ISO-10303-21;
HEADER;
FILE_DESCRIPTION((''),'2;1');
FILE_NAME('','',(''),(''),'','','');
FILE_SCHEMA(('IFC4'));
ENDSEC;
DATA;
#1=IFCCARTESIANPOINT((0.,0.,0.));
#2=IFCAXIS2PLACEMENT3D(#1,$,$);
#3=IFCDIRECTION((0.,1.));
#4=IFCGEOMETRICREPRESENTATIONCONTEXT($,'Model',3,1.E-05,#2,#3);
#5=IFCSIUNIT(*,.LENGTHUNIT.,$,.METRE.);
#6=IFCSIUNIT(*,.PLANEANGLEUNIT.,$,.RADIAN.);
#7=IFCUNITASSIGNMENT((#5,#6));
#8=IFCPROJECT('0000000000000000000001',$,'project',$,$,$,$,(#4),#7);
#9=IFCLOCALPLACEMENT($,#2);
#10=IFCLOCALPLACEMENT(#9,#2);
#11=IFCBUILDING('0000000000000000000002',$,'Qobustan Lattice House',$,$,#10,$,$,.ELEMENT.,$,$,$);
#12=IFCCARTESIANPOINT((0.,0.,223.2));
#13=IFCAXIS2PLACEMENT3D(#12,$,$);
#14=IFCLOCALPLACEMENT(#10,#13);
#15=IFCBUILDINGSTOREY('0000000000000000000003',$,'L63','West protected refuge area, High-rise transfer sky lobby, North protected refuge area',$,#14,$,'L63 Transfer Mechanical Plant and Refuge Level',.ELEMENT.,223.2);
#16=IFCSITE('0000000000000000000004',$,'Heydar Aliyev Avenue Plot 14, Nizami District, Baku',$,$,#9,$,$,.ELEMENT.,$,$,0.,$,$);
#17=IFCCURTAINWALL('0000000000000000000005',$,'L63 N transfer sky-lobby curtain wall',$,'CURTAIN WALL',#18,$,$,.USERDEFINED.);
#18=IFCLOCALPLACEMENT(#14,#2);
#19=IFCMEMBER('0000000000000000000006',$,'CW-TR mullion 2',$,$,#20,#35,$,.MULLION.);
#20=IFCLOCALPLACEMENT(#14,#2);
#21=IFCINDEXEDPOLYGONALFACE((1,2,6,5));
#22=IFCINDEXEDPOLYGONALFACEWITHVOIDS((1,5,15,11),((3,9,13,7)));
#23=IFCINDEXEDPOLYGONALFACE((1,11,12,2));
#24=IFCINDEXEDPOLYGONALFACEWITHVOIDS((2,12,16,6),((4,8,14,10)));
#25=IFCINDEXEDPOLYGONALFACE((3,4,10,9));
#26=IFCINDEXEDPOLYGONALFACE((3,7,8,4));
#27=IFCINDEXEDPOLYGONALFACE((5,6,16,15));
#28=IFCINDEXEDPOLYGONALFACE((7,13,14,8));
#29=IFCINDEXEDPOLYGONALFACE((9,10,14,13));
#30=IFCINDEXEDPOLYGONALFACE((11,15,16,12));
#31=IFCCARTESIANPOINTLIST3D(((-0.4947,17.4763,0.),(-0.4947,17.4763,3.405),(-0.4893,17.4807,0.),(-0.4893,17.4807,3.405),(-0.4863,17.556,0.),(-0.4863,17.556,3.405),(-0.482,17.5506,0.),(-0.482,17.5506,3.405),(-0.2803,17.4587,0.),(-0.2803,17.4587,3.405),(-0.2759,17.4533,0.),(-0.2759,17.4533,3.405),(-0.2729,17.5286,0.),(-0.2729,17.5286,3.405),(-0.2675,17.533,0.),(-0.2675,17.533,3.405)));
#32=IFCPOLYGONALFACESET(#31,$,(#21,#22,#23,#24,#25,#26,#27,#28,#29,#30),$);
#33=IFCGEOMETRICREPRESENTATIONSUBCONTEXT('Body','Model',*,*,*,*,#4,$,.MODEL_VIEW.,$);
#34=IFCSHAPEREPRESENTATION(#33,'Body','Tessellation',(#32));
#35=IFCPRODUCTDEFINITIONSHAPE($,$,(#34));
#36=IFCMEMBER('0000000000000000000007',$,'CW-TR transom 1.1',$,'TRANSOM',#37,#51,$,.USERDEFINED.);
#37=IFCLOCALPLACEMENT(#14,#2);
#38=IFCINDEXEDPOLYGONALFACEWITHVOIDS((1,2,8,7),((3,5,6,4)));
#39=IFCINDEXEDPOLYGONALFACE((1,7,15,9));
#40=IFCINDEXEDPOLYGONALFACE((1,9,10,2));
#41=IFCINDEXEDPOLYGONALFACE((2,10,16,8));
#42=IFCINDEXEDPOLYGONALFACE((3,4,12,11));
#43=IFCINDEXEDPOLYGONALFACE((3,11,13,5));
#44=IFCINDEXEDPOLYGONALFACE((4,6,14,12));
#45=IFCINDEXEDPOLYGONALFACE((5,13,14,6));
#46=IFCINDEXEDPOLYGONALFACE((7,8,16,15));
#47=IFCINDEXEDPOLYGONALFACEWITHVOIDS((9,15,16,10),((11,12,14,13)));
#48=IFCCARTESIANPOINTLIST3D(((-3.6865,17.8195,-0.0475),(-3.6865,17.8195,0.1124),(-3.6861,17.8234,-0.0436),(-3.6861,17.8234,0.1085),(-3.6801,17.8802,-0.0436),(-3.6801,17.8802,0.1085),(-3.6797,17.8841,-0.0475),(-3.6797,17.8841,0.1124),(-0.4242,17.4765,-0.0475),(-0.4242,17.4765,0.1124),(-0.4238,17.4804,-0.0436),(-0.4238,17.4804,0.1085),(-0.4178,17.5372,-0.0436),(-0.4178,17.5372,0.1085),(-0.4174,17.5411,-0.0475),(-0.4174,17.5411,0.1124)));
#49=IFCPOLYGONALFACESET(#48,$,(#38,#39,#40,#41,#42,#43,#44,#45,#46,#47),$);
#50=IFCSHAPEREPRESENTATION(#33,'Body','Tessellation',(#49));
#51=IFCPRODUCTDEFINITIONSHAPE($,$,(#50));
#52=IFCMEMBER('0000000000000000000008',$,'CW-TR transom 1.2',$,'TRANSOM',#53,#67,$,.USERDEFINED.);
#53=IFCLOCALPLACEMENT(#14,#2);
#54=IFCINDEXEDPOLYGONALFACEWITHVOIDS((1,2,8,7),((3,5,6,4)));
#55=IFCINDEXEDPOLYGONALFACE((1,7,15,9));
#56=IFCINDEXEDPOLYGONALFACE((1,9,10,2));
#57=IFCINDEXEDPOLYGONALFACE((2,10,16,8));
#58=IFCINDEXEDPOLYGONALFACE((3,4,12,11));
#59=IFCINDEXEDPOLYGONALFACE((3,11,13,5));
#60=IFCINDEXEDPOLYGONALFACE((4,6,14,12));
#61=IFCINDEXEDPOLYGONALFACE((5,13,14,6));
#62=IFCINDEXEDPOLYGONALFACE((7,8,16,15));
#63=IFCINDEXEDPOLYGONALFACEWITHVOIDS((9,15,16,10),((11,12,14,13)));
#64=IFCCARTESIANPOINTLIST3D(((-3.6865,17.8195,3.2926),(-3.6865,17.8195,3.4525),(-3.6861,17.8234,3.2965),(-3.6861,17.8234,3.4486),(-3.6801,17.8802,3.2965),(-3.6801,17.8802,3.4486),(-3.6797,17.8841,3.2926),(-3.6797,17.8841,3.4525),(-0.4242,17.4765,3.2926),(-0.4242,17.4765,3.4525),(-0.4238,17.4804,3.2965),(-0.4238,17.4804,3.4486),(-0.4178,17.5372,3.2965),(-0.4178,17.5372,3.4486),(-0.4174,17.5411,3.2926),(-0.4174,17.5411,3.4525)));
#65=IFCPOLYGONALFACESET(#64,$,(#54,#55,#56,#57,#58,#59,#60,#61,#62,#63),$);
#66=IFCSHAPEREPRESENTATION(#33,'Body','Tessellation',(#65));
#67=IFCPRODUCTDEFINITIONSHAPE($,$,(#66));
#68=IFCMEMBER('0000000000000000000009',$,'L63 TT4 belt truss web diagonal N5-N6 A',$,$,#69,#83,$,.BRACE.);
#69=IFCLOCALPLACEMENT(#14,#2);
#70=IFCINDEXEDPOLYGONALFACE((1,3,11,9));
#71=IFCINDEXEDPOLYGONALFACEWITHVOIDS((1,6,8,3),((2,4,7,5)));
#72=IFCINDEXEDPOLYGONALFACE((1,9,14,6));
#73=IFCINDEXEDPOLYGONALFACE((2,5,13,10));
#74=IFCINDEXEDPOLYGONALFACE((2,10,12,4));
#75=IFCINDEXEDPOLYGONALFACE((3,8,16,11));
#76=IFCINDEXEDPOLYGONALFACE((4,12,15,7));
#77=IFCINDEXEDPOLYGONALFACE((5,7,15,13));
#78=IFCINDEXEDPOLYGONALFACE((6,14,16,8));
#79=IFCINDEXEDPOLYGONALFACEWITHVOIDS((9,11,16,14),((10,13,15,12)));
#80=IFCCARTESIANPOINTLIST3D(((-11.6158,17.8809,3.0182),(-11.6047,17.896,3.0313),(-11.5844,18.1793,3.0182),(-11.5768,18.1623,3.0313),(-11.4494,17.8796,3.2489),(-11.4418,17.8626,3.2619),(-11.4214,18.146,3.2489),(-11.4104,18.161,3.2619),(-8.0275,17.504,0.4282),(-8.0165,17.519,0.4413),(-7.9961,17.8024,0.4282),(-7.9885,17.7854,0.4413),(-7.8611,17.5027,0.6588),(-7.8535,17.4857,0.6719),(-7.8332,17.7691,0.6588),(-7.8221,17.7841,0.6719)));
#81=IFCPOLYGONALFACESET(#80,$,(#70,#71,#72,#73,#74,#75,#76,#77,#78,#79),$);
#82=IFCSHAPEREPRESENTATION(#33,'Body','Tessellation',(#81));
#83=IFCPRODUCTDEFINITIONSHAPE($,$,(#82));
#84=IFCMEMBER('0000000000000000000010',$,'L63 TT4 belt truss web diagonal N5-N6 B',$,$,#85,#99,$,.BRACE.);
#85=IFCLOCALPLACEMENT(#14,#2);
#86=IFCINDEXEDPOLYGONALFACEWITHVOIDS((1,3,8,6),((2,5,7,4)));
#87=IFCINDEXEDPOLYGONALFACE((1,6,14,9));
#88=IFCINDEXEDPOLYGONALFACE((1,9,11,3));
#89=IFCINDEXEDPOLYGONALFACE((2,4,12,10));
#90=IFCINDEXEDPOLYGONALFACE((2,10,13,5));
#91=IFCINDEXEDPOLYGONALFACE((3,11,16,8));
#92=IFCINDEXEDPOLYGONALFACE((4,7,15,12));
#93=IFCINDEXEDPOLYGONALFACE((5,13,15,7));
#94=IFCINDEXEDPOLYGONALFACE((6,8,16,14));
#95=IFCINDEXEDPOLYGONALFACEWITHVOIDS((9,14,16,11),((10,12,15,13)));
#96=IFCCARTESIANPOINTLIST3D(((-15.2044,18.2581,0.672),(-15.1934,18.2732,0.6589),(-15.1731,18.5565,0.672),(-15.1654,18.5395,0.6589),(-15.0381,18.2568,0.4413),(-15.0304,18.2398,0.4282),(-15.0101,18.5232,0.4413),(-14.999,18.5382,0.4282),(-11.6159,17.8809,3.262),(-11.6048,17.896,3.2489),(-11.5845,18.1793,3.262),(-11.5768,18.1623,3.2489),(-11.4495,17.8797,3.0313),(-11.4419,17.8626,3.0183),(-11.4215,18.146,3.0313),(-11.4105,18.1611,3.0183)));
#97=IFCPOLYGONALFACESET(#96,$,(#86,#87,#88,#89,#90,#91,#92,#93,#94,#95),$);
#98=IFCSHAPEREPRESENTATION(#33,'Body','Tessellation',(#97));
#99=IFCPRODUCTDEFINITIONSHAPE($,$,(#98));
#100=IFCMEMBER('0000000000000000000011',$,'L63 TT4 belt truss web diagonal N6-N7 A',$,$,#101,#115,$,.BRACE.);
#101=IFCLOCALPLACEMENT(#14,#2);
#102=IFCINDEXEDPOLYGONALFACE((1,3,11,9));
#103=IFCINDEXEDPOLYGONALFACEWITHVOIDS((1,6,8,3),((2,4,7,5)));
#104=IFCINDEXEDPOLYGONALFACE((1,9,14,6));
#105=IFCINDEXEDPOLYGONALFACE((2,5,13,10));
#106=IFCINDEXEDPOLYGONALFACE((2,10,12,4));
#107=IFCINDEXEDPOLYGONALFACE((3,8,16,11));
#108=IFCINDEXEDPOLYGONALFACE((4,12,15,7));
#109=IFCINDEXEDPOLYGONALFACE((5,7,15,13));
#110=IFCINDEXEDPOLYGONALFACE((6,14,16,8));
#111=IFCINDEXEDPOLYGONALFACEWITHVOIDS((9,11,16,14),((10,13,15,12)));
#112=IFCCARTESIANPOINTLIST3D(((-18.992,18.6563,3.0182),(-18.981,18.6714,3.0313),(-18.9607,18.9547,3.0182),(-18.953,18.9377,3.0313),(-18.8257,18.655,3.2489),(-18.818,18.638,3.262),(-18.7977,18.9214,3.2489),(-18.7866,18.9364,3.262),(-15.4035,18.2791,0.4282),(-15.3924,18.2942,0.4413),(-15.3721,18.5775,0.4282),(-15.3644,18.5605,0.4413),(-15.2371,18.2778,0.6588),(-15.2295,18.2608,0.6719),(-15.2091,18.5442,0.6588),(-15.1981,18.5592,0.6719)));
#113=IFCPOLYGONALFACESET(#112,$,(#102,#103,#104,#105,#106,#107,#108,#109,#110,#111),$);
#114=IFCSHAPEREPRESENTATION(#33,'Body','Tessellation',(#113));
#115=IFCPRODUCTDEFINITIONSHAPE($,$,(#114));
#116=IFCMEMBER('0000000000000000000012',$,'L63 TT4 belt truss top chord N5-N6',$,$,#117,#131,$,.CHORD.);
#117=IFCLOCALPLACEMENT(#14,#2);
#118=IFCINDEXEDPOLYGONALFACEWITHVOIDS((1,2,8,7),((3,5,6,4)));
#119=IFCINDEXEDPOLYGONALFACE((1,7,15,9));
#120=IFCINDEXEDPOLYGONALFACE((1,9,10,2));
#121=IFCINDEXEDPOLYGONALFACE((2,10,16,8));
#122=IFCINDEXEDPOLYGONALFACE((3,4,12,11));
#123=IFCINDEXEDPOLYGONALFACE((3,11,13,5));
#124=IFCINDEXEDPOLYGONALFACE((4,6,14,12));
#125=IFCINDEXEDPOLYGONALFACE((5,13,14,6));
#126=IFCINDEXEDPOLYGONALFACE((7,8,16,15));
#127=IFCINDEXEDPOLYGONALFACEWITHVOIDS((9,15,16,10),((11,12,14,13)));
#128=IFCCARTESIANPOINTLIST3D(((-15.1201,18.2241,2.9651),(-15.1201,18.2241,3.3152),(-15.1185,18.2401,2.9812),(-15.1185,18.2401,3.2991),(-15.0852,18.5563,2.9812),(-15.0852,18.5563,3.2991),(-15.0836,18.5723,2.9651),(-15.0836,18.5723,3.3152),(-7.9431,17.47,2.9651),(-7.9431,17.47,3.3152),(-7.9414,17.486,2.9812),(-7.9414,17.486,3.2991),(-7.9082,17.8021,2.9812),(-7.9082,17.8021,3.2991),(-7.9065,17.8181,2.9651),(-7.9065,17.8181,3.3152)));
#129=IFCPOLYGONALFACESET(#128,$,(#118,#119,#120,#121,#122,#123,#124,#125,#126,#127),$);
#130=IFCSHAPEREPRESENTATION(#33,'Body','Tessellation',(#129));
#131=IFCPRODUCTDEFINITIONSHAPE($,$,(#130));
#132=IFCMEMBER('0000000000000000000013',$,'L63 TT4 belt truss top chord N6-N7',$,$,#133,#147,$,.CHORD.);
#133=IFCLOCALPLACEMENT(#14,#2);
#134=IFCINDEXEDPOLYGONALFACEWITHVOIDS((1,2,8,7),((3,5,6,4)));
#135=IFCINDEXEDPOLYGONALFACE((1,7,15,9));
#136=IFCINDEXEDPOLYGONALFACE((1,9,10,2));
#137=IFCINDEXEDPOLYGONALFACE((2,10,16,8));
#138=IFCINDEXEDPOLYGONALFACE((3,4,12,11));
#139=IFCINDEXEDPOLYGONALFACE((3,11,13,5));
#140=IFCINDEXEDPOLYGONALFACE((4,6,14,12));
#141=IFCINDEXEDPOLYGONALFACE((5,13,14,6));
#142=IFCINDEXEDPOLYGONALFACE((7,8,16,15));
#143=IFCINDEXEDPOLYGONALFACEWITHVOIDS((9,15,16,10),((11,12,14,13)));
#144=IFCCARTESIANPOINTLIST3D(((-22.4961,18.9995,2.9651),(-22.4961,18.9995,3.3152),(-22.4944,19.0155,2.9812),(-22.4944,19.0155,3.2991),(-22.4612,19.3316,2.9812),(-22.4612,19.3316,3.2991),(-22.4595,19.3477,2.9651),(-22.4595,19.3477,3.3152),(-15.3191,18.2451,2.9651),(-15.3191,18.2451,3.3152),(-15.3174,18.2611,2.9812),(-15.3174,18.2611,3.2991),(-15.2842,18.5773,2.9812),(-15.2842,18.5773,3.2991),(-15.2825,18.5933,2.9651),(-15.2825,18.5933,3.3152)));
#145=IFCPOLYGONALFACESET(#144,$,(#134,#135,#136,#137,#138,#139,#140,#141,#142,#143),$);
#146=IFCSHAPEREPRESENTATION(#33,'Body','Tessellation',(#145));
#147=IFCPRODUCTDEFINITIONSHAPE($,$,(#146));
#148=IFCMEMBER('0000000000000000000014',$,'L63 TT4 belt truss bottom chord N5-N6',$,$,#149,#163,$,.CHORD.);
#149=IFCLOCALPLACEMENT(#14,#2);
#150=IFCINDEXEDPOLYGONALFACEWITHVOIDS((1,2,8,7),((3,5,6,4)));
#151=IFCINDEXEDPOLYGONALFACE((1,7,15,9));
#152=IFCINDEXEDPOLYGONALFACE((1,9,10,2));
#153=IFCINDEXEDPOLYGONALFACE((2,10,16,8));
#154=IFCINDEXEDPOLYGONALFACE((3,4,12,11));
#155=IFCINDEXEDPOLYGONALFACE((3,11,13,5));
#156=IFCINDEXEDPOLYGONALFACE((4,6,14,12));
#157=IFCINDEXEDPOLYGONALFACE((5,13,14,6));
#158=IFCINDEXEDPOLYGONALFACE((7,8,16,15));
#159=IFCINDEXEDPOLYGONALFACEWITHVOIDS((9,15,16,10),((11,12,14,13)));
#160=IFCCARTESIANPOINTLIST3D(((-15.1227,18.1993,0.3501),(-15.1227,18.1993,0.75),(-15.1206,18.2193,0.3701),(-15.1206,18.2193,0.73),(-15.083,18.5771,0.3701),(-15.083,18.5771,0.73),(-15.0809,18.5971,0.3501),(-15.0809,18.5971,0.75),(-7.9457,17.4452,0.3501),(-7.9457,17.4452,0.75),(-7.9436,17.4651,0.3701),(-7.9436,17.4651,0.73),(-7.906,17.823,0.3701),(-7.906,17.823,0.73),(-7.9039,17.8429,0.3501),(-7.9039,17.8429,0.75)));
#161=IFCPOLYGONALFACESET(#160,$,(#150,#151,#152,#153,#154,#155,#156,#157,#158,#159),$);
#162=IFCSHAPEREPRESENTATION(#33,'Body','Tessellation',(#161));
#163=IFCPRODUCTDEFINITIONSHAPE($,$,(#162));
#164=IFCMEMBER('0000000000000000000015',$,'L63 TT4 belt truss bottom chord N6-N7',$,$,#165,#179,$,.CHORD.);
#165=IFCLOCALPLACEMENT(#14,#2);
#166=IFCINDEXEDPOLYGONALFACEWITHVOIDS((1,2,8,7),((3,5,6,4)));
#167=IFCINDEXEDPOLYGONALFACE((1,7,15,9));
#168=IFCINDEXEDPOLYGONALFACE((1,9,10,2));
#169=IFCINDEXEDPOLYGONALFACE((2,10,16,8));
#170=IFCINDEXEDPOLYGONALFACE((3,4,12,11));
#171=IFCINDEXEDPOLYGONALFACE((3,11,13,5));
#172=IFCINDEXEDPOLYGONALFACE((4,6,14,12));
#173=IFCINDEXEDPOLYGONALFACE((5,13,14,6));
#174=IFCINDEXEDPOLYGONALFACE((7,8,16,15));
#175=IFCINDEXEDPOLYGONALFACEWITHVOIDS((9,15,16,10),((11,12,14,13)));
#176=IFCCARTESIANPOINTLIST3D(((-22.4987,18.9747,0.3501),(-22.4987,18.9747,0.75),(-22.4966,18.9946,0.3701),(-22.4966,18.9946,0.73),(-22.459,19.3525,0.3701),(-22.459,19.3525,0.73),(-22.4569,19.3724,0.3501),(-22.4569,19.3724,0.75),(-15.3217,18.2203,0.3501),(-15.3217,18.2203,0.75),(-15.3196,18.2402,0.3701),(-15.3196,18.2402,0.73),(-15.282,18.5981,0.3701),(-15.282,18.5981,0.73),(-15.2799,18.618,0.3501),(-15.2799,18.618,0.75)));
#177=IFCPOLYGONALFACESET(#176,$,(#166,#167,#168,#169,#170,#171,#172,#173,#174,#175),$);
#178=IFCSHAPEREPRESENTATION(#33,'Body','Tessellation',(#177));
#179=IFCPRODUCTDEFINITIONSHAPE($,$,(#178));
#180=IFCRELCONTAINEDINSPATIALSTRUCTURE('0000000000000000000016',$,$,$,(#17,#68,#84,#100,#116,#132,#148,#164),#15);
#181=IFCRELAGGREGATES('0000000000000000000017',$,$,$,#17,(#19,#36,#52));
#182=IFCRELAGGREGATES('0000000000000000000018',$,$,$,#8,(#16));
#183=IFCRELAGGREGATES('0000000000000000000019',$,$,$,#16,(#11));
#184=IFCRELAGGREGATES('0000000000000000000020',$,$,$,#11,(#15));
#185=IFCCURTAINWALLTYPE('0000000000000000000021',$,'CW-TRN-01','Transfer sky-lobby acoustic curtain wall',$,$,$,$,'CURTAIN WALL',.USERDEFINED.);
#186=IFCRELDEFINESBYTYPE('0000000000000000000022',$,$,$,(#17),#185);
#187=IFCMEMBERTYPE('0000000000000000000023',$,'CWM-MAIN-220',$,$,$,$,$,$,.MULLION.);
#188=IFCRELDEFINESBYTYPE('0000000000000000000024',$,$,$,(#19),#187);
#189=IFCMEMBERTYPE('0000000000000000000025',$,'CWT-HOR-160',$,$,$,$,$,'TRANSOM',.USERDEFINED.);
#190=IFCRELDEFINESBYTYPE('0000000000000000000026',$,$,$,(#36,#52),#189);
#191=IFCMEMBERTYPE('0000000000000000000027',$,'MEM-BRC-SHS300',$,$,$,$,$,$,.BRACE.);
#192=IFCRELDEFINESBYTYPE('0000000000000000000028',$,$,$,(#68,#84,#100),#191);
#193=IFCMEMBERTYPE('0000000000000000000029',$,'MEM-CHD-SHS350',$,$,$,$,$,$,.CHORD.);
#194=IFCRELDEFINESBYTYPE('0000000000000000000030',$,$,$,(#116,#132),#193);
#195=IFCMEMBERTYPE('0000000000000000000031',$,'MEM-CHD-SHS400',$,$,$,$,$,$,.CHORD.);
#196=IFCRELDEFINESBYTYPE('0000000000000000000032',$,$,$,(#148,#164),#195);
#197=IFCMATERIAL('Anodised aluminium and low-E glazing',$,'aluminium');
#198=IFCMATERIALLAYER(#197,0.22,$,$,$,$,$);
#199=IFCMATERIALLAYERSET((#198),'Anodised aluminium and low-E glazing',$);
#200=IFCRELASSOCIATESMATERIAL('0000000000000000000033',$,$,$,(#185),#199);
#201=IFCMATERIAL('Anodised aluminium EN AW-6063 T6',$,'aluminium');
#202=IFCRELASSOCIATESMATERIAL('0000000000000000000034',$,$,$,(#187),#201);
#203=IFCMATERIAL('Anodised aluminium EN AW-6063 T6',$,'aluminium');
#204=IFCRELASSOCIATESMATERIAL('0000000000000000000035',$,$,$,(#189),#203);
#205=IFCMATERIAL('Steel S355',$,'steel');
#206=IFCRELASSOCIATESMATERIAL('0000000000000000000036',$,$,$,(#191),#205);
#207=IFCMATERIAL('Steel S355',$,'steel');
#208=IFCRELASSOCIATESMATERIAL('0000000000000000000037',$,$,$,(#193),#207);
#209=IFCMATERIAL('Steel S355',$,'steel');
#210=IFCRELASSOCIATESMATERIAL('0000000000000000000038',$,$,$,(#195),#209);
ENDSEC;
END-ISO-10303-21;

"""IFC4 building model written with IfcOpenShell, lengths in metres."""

from ifc_helpers import new_model, si_unit, direction, frame, origin, origin_2d, place, context, subcontext, project, spatial, hollow_rectangle, extrude, material, layer, layer_set, material_profile, profile_set, type_object, element, aggregate, save


model = new_model("IFC4")

# Units and contexts
model_context = context("Model", 3, precision=1e-05, world=origin(), true_north=direction((0.0, 1.0)))
body_context = subcontext(model_context, "Body", "Model", "MODEL_VIEW")
ifc_project = project(units=[si_unit("LENGTHUNIT", "METRE"), si_unit("PLANEANGLEUNIT", "RADIAN")], contexts=[model_context])

# Site, building, storey
site_placement = place(None, origin())
site = spatial("IfcSite", under=ifc_project, at=site_placement, Name="Heydar Aliyev Avenue Plot 14, Nizami District, Baku", CompositionType="ELEMENT", RefElevation=0.0)
building_placement = place(site_placement, origin())
building = spatial("IfcBuilding", under=site, at=building_placement, Name="Qobustan Lattice House", CompositionType="ELEMENT")
storey_placement = place(building_placement, frame((0.0, 0.0, 223.2)))
storey = spatial("IfcBuildingStorey", under=building, at=storey_placement, Name="L63", Description="West protected refuge area, High-rise transfer sky lobby, North protected refuge area", LongName="L63 Transfer Mechanical Plant and Refuge Level", CompositionType="ELEMENT", Elevation=223.2)

# Curtain wall, members
ifc_material_1 = material(Name="Anodised aluminium and low-E glazing", Category="aluminium")
ifc_layer_1 = layer(ifc_material_1, 0.22)
ifc_layer_set_1 = layer_set([ifc_layer_1], Name="Anodised aluminium and low-E glazing")
curtain_wall_type = type_object("IfcCurtainWallType", Name="CW-TRN-01", Description="Transfer sky-lobby acoustic curtain wall", ElementType="CURTAIN WALL", PredefinedType="USERDEFINED", material=ifc_layer_set_1)
curtain_wall_placement = place(storey_placement, origin())
curtain_wall = element("IfcCurtainWall", 1, at=curtain_wall_placement, inside=storey, type_object=curtain_wall_type, Name="L63 N transfer sky-lobby curtain wall", ObjectType="CURTAIN WALL", PredefinedType="USERDEFINED")
ifc_material_2 = material(Name="Anodised aluminium EN AW-6063 T6", Category="aluminium")
ifc_material_profile_1 = material_profile(ifc_material_2, hollow_rectangle(XDim=0.0801, YDim=0.22, WallThickness=0.0049, at=origin_2d()), Name="CWM-220x80")
ifc_profile_set_1 = profile_set([ifc_material_profile_1], Name="Anodised aluminium EN AW-6063 T6")
member_type_1 = type_object("IfcMemberType", Name="CWM-MAIN-220", PredefinedType="MULLION", material=ifc_profile_set_1)
member_1_placement = place(storey_placement, frame((-0.3811, 17.5046, 0.0), z_axis=(0.0, 0.0, 1.0), x_axis=(0.104529, 0.994522, 0.0)))
member_1 = element("IfcMember", 2, at=member_1_placement, type_object=member_type_1, Name="CW-TR mullion 2", PredefinedType="MULLION", context=body_context, shape_type="SweptSolid", body=[
    extrude(hollow_rectangle(XDim=0.0801, YDim=0.22, WallThickness=0.0049, at=origin_2d()), origin(), (0.0, 0.0, 1.0), 3.405),
])
ifc_material_3 = material(Name="Anodised aluminium EN AW-6063 T6", Category="aluminium")
ifc_material_profile_2 = material_profile(ifc_material_3, hollow_rectangle(XDim=0.0649, YDim=0.1599, WallThickness=0.0039, at=origin_2d()), Name="CWT-160x65")
ifc_profile_set_2 = profile_set([ifc_material_profile_2], Name="Anodised aluminium EN AW-6063 T6")
member_type_2 = type_object("IfcMemberType", Name="CWT-HOR-160", ElementType="TRANSOM", PredefinedType="USERDEFINED", material=ifc_profile_set_2)
member_2_placement = place(storey_placement, frame((-3.6831, 17.8518, 0.0325), z_axis=(0.994517, -0.104572, 0.0), x_axis=(0.104572, 0.994517, 0.0)))
member_2 = element("IfcMember", 3, at=member_2_placement, type_object=member_type_2, Name="CW-TR transom 1.1", ObjectType="TRANSOM", PredefinedType="USERDEFINED", context=body_context, shape_type="SweptSolid", body=[
    extrude(hollow_rectangle(XDim=0.0649, YDim=0.1599, WallThickness=0.0039, at=origin_2d()), origin(), (0.0, 0.0, 1.0), 3.2803),
])
member_3_placement = place(storey_placement, frame((-3.6831, 17.8518, 3.3726), z_axis=(0.994517, -0.104572, 0.0), x_axis=(0.104572, 0.994517, 0.0)))
member_3 = element("IfcMember", 4, at=member_3_placement, type_object=member_type_2, Name="CW-TR transom 1.2", ObjectType="TRANSOM", PredefinedType="USERDEFINED", context=body_context, shape_type="SweptSolid", body=[
    extrude(hollow_rectangle(XDim=0.0649, YDim=0.1599, WallThickness=0.0039, at=origin_2d()), origin(), (0.0, 0.0, 1.0), 3.2803),
])

# Members
ifc_material_4 = material(Name="Steel S355", Category="steel")
ifc_material_profile_3 = material_profile(ifc_material_4, hollow_rectangle(XDim=0.3, YDim=0.3, WallThickness=0.0161, at=origin_2d()), Name="SHS300x300x16")
ifc_profile_set_3 = profile_set([ifc_material_profile_3], Name="Steel S355")
member_type_3 = type_object("IfcMemberType", Name="MEM-BRC-SHS300", PredefinedType="BRACE", material=ifc_profile_set_3)
member_4_placement = place(storey_placement, frame((-7.9248, 17.644, 0.55), z_axis=(-0.807917, 0.08487, 0.583153), x_axis=(-0.104473, -0.994528, 0.0)))
element("IfcMember", 5, at=member_4_placement, inside=storey, type_object=member_type_3, Name="L63 TT4 belt truss web diagonal N5-N6 A", PredefinedType="BRACE", context=body_context, shape_type="SweptSolid", body=[
    extrude(hollow_rectangle(XDim=0.3, YDim=0.3, WallThickness=0.0161, at=origin_2d()), origin(), (0.0, 0.0, 1.0), 4.4414),
])
for number, where, z_axis, x_axis, name in (
    (6, (-11.5132, 18.021, 3.1401), (-0.807932, 0.084921, -0.583125), (-0.104533, -0.994521, 0.0), "L63 TT4 belt truss web diagonal N5-N6 B"),
    (7, (-15.3008, 18.4192, 0.55), (-0.807932, 0.084921, 0.583125), (-0.104533, -0.994521, 0.0), "L63 TT4 belt truss web diagonal N6-N7 A"),
):
    element("IfcMember", number, at=place(storey_placement, frame(where, z_axis=z_axis, x_axis=x_axis)), inside=storey, type_object=member_type_3, Name=name, PredefinedType="BRACE", context=body_context, shape_type="SweptSolid", body=[
        extrude(hollow_rectangle(XDim=0.3, YDim=0.3, WallThickness=0.0161, at=origin_2d()), origin(), (0.0, 0.0, 1.0), 4.4417),
    ])
ifc_material_5 = material(Name="Steel S355", Category="steel")
ifc_material_profile_4 = material_profile(ifc_material_5, hollow_rectangle(XDim=0.3501, YDim=0.3501, WallThickness=0.0161, at=origin_2d()), Name="SHS350x350x16")
ifc_profile_set_4 = profile_set([ifc_material_profile_4], Name="Steel S355")
member_type_4 = type_object("IfcMemberType", Name="MEM-CHD-SHS350", PredefinedType="CHORD", material=ifc_profile_set_4)
for number, where, z_axis, x_axis, name in (
    (8, (-7.9248, 17.644, 3.1401), (-0.994525, 0.104503, 0.0), (-0.104503, -0.994525, 0.0), "L63 TT4 belt truss top chord N5-N6"),
    (9, (-15.3008, 18.4192, 3.1401), (-0.994521, 0.104537, 0.0), (-0.104537, -0.994521, 0.0), "L63 TT4 belt truss top chord N6-N7"),
):
    element("IfcMember", number, at=place(storey_placement, frame(where, z_axis=z_axis, x_axis=x_axis)), inside=storey, type_object=member_type_4, Name=name, PredefinedType="CHORD", context=body_context, shape_type="SweptSolid", body=[
        extrude(hollow_rectangle(XDim=0.3501, YDim=0.3501, WallThickness=0.0161, at=origin_2d()), origin(), (0.0, 0.0, 1.0), 7.2166),
    ])
ifc_material_6 = material(Name="Steel S355", Category="steel")
ifc_material_profile_5 = material_profile(ifc_material_6, hollow_rectangle(XDim=0.3999, YDim=0.3999, WallThickness=0.02, at=origin_2d()), Name="SHS400x400x20")
ifc_profile_set_5 = profile_set([ifc_material_profile_5], Name="Steel S355")
member_type_5 = type_object("IfcMemberType", Name="MEM-CHD-SHS400", PredefinedType="CHORD", material=ifc_profile_set_5)
for number, where, z_axis, x_axis, name in (
    (10, (-7.9248, 17.644, 0.55), (-0.994525, 0.104503, 0.0), (-0.104503, -0.994525, 0.0), "L63 TT4 belt truss bottom chord N5-N6"),
    (11, (-15.3008, 18.4192, 0.55), (-0.994521, 0.104537, 0.0), (-0.104537, -0.994521, 0.0), "L63 TT4 belt truss bottom chord N6-N7"),
):
    element("IfcMember", number, at=place(storey_placement, frame(where, z_axis=z_axis, x_axis=x_axis)), inside=storey, type_object=member_type_5, Name=name, PredefinedType="CHORD", context=body_context, shape_type="SweptSolid", body=[
        extrude(hollow_rectangle(XDim=0.3999, YDim=0.3999, WallThickness=0.02, at=origin_2d()), origin(), (0.0, 0.0, 1.0), 7.2166),
    ])

aggregate(curtain_wall, [member_1, member_2, member_3])

save(model, "model.ifc")
